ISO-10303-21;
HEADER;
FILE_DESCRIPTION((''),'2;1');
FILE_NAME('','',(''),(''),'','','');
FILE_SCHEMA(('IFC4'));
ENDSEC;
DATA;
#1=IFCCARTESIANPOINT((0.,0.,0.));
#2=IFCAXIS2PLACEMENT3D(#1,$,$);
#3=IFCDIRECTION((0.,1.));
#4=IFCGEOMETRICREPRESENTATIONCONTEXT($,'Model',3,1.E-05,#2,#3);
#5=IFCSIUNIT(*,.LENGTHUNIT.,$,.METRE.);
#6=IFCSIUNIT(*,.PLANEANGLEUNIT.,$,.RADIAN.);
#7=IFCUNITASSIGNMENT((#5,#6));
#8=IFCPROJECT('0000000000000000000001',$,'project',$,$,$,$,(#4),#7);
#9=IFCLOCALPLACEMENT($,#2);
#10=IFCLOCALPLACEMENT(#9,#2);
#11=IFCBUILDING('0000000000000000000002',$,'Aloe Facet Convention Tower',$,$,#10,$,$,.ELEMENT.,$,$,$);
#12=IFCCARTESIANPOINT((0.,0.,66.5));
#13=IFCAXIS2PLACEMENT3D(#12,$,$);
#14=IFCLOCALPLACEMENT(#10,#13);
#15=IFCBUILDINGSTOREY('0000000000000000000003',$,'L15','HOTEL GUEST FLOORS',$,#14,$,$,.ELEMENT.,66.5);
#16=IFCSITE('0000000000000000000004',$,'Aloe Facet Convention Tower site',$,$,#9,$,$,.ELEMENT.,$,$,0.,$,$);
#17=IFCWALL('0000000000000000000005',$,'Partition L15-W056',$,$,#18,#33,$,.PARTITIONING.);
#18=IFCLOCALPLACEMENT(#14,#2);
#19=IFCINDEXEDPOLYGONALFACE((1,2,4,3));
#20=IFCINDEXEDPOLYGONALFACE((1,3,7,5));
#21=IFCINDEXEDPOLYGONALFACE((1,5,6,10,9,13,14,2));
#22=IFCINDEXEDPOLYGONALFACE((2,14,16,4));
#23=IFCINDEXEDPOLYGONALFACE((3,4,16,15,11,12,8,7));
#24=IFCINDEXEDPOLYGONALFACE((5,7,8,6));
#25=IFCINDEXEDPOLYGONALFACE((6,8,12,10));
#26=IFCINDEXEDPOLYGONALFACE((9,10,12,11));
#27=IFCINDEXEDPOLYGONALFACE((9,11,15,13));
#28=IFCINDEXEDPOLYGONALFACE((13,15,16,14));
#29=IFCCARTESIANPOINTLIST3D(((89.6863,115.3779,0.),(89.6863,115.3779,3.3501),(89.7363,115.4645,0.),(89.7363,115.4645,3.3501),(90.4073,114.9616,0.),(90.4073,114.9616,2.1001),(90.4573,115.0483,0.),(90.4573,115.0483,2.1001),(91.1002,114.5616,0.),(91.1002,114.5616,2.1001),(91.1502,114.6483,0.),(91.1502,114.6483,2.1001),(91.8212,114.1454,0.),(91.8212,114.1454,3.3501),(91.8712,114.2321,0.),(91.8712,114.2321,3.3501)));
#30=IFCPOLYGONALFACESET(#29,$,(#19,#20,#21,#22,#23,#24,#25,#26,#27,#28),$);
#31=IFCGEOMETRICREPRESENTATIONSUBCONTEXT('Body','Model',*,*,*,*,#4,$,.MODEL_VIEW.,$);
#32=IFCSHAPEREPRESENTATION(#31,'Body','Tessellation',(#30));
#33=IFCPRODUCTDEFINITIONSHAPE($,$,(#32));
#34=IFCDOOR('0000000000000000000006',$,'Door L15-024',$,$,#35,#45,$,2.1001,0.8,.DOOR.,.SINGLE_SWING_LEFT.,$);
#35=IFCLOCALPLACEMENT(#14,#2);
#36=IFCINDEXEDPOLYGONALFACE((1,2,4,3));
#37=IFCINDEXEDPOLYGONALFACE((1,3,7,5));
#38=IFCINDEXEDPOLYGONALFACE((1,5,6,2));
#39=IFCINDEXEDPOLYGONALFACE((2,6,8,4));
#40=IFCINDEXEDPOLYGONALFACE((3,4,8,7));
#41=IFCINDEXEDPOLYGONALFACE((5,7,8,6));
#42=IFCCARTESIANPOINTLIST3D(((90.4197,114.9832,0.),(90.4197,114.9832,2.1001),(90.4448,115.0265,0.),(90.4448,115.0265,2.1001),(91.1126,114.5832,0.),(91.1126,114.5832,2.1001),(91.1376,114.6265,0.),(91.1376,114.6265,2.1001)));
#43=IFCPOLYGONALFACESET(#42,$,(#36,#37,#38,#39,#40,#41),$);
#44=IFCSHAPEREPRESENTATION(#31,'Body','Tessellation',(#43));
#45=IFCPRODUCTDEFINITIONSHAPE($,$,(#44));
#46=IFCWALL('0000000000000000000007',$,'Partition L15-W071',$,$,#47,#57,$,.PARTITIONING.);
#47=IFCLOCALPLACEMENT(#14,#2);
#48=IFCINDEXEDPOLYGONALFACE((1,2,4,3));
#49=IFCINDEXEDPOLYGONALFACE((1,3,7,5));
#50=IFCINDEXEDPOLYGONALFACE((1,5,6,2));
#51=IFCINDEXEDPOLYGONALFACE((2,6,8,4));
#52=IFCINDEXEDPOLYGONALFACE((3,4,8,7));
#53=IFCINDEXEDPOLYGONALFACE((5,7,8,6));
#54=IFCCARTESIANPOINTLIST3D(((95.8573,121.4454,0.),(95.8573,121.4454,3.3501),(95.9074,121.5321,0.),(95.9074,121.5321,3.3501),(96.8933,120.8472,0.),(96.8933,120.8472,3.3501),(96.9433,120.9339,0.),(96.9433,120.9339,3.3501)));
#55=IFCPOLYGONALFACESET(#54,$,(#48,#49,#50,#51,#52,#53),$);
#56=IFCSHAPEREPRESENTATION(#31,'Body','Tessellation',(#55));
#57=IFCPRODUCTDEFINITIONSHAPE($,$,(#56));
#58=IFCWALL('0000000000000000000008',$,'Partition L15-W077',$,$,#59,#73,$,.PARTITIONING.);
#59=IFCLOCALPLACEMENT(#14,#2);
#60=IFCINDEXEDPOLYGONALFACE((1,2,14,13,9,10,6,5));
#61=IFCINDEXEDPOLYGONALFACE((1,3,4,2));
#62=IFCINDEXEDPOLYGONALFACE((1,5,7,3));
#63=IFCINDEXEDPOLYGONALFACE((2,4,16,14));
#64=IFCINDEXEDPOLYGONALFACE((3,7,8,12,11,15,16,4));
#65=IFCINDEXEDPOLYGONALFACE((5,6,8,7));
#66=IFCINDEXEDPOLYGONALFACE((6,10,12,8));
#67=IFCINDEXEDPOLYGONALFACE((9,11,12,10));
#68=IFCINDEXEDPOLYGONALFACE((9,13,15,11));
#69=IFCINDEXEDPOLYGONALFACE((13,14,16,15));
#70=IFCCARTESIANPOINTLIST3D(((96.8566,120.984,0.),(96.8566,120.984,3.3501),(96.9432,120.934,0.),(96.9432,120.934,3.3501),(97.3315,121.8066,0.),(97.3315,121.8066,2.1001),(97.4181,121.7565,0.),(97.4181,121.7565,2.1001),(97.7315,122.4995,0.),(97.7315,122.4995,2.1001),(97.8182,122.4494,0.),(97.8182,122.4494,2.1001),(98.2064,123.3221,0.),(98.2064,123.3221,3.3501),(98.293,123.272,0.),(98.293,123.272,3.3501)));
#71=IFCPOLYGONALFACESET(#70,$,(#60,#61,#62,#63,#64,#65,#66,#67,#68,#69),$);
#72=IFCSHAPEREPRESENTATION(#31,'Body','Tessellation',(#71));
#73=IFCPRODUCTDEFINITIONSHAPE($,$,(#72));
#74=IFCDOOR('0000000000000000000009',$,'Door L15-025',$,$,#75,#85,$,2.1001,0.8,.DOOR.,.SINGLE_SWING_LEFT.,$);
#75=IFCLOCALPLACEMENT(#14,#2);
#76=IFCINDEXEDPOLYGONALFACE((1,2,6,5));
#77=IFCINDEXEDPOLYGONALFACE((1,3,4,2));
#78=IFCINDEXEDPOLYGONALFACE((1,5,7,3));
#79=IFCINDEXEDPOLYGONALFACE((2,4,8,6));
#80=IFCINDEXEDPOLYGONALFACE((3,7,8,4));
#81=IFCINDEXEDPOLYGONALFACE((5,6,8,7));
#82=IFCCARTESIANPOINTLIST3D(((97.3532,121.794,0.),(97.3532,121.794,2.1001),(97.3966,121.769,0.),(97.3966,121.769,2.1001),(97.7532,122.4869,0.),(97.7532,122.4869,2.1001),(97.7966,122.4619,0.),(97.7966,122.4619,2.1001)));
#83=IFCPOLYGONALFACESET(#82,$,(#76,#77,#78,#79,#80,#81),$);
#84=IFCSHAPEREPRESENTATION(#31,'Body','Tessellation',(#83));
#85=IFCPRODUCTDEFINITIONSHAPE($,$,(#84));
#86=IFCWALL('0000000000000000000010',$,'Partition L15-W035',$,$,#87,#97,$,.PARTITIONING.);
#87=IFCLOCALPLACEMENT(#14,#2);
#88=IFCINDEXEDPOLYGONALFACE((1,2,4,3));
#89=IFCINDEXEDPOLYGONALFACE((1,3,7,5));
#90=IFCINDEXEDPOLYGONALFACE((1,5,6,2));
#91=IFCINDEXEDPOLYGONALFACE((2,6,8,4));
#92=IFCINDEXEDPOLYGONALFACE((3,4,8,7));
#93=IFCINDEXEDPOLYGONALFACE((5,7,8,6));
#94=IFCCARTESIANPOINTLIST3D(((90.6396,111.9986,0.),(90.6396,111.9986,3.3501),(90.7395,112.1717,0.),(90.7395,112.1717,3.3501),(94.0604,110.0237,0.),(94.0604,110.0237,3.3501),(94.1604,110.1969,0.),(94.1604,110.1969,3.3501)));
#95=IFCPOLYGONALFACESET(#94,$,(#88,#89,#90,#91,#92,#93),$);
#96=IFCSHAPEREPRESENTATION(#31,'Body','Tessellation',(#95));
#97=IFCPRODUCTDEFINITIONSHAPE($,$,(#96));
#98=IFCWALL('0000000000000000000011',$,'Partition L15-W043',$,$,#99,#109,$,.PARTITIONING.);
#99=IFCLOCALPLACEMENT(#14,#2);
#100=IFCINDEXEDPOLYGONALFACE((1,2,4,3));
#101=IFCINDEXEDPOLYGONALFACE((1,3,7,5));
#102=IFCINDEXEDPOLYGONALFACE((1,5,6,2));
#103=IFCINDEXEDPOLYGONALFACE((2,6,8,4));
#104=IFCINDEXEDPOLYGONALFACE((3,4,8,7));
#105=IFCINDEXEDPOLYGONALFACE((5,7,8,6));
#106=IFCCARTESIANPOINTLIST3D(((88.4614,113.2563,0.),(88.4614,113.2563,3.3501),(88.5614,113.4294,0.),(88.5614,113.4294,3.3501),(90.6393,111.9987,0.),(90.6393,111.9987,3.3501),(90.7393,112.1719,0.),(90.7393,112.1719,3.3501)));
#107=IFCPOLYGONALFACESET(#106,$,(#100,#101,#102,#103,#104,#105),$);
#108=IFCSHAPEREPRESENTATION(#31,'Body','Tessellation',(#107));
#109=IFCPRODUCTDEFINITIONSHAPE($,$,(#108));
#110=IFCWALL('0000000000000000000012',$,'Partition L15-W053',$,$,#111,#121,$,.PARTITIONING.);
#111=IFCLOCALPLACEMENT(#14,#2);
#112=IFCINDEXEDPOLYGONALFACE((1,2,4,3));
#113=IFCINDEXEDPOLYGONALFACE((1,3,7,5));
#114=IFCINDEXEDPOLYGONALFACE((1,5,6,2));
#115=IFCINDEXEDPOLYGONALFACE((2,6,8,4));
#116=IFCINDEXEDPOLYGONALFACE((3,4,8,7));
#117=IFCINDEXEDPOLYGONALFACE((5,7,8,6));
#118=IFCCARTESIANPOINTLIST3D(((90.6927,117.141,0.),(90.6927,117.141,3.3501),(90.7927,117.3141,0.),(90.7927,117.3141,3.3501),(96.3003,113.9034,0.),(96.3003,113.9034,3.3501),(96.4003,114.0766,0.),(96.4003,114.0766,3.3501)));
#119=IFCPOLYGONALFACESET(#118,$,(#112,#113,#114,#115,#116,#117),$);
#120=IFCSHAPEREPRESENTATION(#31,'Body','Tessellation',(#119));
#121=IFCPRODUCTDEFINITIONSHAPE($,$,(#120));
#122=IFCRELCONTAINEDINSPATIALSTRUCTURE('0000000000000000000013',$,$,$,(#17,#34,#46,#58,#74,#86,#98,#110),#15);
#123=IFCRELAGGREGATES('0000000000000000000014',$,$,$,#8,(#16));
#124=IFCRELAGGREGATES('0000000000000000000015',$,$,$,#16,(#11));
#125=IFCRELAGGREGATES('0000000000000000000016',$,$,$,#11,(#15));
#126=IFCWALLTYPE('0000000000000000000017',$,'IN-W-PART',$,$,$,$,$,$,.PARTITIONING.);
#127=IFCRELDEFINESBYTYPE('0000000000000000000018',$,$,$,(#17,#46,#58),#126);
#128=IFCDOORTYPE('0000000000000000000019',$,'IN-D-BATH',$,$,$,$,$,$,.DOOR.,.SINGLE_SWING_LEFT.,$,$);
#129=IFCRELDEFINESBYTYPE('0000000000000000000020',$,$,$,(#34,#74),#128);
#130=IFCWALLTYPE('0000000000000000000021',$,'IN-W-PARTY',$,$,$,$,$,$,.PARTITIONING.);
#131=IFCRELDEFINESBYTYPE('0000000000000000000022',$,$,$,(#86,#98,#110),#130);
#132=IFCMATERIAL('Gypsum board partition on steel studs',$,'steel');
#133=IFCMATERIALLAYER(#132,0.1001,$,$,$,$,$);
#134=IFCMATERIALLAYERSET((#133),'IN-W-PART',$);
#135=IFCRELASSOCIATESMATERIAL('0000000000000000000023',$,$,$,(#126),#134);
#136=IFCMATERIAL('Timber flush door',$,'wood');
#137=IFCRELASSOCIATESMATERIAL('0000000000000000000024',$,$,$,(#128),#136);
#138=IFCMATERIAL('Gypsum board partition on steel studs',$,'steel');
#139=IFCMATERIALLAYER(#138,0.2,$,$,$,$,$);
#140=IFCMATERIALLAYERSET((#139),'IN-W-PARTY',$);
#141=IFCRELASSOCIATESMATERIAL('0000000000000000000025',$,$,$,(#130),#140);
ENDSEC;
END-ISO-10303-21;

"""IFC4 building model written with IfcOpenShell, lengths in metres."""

from ifc_helpers import new_model, si_unit, direction, frame, frame_2d, origin, place, context, subcontext, project, spatial, rectangle, extrude, material, layer, layer_set, type_object, element, fill, save


model = new_model("IFC4")

# Units and contexts
model_context = context("Model", 3, precision=1e-05, world=origin(), true_north=direction((0.0, 1.0)))
body_context = subcontext(model_context, "Body", "Model", "MODEL_VIEW")
ifc_project = project(units=[si_unit("LENGTHUNIT", "METRE"), si_unit("PLANEANGLEUNIT", "RADIAN")], contexts=[model_context])

# Site, building, storey
site_placement = place(None, origin())
site = spatial("IfcSite", under=ifc_project, at=site_placement, Name="Aloe Facet Convention Tower site", CompositionType="ELEMENT", RefElevation=0.0)
building_placement = place(site_placement, origin())
building = spatial("IfcBuilding", under=site, at=building_placement, Name="Aloe Facet Convention Tower", CompositionType="ELEMENT")
storey_placement = place(building_placement, frame((0.0, 0.0, 66.5)))
storey = spatial("IfcBuildingStorey", under=building, at=storey_placement, Name="L15", Description="HOTEL GUEST FLOORS", CompositionType="ELEMENT", Elevation=66.5)

# Shared definitions
ifc_material_1 = material(Name="Gypsum board partition on steel studs", Category="steel")
ifc_layer_1 = layer(ifc_material_1, 0.1001)
ifc_layer_set_1 = layer_set([ifc_layer_1], Name="IN-W-PART")
wall_type_1 = type_object("IfcWallType", Name="IN-W-PART", PredefinedType="PARTITIONING", material=ifc_layer_set_1)

# Wall, opening, door
wall_1_placement = place(storey_placement, frame((89.7114, 115.4211, 0.0), z_axis=(0.0, 0.0, 1.0), x_axis=(0.86604, -0.499974, 0.0)))
wall_1 = element("IfcWall", 1, at=wall_1_placement, inside=storey, type_object=wall_type_1, Name="Partition L15-W056", PredefinedType="PARTITIONING", context=body_context, shape_type="SweptSolid", body=[
    extrude(rectangle(XDim=2.4651, YDim=0.1001, at=frame_2d((1.2324, 0.0))), origin(), (0.0, 0.0, 1.0), 3.3501),
])
opening_1_placement = place(wall_1_placement, frame((0.8325, 0.0, 0.0)))
opening_1 = element("IfcOpeningElement", 2, at=opening_1_placement, cuts=wall_1, PredefinedType="OPENING", context=body_context, shape_type="SweptSolid", body=[
    extrude(rectangle(XDim=0.8, YDim=2.1001, at=frame_2d((0.3999, 1.05))), frame((0.0, 0.0601, 0.0), z_axis=(0.0, -1.0, 0.0), x_axis=(1.0, 0.0, 0.0)), (0.0, 0.0, 1.0), 0.1201),
])
ifc_material_2 = material(Name="Timber flush door", Category="wood")
door_type_1 = type_object("IfcDoorType", Name="IN-D-BATH", OperationType="SINGLE_SWING_LEFT", PredefinedType="DOOR", material=ifc_material_2)
door_1_placement = place(opening_1_placement, origin())
door_1 = element("IfcDoor", 3, at=door_1_placement, inside=storey, type_object=door_type_1, Name="Door L15-024", OperationType="SINGLE_SWING_LEFT", OverallHeight=2.1001, OverallWidth=0.8, PredefinedType="DOOR", context=body_context, shape_type="SweptSolid", body=[
    extrude(rectangle(XDim=0.8, YDim=2.1001, at=frame_2d((0.3999, 1.05))), frame((0.0, 0.0249, 0.0), z_axis=(0.0, -1.0, 0.0), x_axis=(1.0, 0.0, 0.0)), (0.0, 0.0, 1.0), 0.05),
])
fill(opening_1, door_1)

# Wall
wall_2_placement = place(storey_placement, frame((95.8823, 121.4888, 0.0), z_axis=(0.0, 0.0, 1.0), x_axis=(0.865999, -0.500046, 0.0)))
element("IfcWall", 4, at=wall_2_placement, inside=storey, type_object=wall_type_1, Name="Partition L15-W071", PredefinedType="PARTITIONING", context=body_context, shape_type="SweptSolid", body=[
    extrude(rectangle(XDim=1.1963, YDim=0.1001, at=frame_2d((0.5981, 0.0))), origin(), (0.0, 0.0, 1.0), 3.3501),
])

# Wall, opening, door
wall_3_placement = place(storey_placement, frame((96.8999, 120.959, 0.0), z_axis=(0.0, 0.0, 1.0), x_axis=(0.499981, 0.866037, 0.0)))
wall_3 = element("IfcWall", 5, at=wall_3_placement, inside=storey, type_object=wall_type_1, Name="Partition L15-W077", PredefinedType="PARTITIONING", context=body_context, shape_type="SweptSolid", body=[
    extrude(rectangle(XDim=2.6997, YDim=0.1001, at=frame_2d((1.3499, 0.0))), origin(), (0.0, 0.0, 1.0), 3.3501),
])
opening_2_placement = place(wall_3_placement, frame((0.95, 0.0, 0.0)))
opening_2 = element("IfcOpeningElement", 6, at=opening_2_placement, cuts=wall_3, PredefinedType="OPENING", context=body_context, shape_type="SweptSolid", body=[
    extrude(rectangle(XDim=0.8, YDim=2.1001, at=frame_2d((0.3999, 1.05))), frame((0.0, 0.0601, 0.0), z_axis=(0.0, -1.0, 0.0), x_axis=(1.0, 0.0, 0.0)), (0.0, 0.0, 1.0), 0.1201),
])
door_2_placement = place(opening_2_placement, origin())
door_2 = element("IfcDoor", 7, at=door_2_placement, inside=storey, type_object=door_type_1, Name="Door L15-025", OperationType="SINGLE_SWING_LEFT", OverallHeight=2.1001, OverallWidth=0.8, PredefinedType="DOOR", context=body_context, shape_type="SweptSolid", body=[
    extrude(rectangle(XDim=0.8, YDim=2.1001, at=frame_2d((0.3999, 1.05))), frame((0.0, 0.0249, 0.0), z_axis=(0.0, -1.0, 0.0), x_axis=(1.0, 0.0, 0.0)), (0.0, 0.0, 1.0), 0.05),
])
fill(opening_2, door_2)

# Walls
ifc_material_3 = material(Name="Gypsum board partition on steel studs", Category="steel")
ifc_layer_2 = layer(ifc_material_3, 0.2)
ifc_layer_set_2 = layer_set([ifc_layer_2], Name="IN-W-PARTY")
wall_type_2 = type_object("IfcWallType", Name="IN-W-PARTY", PredefinedType="PARTITIONING", material=ifc_layer_set_2)
wall_4_placement = place(storey_placement, frame((90.6895, 112.0852, 0.0), z_axis=(0.0, 0.0, 1.0), x_axis=(0.866048, -0.499961, 0.0)))
element("IfcWall", 8, at=wall_4_placement, inside=storey, type_object=wall_type_2, Name="Partition L15-W035", PredefinedType="PARTITIONING", context=body_context, shape_type="SweptSolid", body=[
    extrude(rectangle(XDim=3.95, YDim=0.2, at=frame_2d((1.9751, 0.0))), origin(), (0.0, 0.0, 1.0), 3.3501),
])
wall_5_placement = place(storey_placement, frame((88.5115, 113.3428, 0.0), z_axis=(0.0, 0.0, 1.0), x_axis=(0.866006, -0.500033, 0.0)))
element("IfcWall", 9, at=wall_5_placement, inside=storey, type_object=wall_type_2, Name="Partition L15-W043", PredefinedType="PARTITIONING", context=body_context, shape_type="SweptSolid", body=[
    extrude(rectangle(XDim=2.5149, YDim=0.2, at=frame_2d((1.2573, 0.0))), origin(), (0.0, 0.0, 1.0), 3.3501),
])
wall_6_placement = place(storey_placement, frame((90.7427, 117.2275, 0.0), z_axis=(0.0, 0.0, 1.0), x_axis=(0.866028, -0.499996, 0.0)))
element("IfcWall", 10, at=wall_6_placement, inside=storey, type_object=wall_type_2, Name="Partition L15-W053", PredefinedType="PARTITIONING", context=body_context, shape_type="SweptSolid", body=[
    extrude(rectangle(XDim=6.4751, YDim=0.2, at=frame_2d((3.2375, 0.0))), origin(), (0.0, 0.0, 1.0), 3.3501),
])

save(model, "model.ifc")
